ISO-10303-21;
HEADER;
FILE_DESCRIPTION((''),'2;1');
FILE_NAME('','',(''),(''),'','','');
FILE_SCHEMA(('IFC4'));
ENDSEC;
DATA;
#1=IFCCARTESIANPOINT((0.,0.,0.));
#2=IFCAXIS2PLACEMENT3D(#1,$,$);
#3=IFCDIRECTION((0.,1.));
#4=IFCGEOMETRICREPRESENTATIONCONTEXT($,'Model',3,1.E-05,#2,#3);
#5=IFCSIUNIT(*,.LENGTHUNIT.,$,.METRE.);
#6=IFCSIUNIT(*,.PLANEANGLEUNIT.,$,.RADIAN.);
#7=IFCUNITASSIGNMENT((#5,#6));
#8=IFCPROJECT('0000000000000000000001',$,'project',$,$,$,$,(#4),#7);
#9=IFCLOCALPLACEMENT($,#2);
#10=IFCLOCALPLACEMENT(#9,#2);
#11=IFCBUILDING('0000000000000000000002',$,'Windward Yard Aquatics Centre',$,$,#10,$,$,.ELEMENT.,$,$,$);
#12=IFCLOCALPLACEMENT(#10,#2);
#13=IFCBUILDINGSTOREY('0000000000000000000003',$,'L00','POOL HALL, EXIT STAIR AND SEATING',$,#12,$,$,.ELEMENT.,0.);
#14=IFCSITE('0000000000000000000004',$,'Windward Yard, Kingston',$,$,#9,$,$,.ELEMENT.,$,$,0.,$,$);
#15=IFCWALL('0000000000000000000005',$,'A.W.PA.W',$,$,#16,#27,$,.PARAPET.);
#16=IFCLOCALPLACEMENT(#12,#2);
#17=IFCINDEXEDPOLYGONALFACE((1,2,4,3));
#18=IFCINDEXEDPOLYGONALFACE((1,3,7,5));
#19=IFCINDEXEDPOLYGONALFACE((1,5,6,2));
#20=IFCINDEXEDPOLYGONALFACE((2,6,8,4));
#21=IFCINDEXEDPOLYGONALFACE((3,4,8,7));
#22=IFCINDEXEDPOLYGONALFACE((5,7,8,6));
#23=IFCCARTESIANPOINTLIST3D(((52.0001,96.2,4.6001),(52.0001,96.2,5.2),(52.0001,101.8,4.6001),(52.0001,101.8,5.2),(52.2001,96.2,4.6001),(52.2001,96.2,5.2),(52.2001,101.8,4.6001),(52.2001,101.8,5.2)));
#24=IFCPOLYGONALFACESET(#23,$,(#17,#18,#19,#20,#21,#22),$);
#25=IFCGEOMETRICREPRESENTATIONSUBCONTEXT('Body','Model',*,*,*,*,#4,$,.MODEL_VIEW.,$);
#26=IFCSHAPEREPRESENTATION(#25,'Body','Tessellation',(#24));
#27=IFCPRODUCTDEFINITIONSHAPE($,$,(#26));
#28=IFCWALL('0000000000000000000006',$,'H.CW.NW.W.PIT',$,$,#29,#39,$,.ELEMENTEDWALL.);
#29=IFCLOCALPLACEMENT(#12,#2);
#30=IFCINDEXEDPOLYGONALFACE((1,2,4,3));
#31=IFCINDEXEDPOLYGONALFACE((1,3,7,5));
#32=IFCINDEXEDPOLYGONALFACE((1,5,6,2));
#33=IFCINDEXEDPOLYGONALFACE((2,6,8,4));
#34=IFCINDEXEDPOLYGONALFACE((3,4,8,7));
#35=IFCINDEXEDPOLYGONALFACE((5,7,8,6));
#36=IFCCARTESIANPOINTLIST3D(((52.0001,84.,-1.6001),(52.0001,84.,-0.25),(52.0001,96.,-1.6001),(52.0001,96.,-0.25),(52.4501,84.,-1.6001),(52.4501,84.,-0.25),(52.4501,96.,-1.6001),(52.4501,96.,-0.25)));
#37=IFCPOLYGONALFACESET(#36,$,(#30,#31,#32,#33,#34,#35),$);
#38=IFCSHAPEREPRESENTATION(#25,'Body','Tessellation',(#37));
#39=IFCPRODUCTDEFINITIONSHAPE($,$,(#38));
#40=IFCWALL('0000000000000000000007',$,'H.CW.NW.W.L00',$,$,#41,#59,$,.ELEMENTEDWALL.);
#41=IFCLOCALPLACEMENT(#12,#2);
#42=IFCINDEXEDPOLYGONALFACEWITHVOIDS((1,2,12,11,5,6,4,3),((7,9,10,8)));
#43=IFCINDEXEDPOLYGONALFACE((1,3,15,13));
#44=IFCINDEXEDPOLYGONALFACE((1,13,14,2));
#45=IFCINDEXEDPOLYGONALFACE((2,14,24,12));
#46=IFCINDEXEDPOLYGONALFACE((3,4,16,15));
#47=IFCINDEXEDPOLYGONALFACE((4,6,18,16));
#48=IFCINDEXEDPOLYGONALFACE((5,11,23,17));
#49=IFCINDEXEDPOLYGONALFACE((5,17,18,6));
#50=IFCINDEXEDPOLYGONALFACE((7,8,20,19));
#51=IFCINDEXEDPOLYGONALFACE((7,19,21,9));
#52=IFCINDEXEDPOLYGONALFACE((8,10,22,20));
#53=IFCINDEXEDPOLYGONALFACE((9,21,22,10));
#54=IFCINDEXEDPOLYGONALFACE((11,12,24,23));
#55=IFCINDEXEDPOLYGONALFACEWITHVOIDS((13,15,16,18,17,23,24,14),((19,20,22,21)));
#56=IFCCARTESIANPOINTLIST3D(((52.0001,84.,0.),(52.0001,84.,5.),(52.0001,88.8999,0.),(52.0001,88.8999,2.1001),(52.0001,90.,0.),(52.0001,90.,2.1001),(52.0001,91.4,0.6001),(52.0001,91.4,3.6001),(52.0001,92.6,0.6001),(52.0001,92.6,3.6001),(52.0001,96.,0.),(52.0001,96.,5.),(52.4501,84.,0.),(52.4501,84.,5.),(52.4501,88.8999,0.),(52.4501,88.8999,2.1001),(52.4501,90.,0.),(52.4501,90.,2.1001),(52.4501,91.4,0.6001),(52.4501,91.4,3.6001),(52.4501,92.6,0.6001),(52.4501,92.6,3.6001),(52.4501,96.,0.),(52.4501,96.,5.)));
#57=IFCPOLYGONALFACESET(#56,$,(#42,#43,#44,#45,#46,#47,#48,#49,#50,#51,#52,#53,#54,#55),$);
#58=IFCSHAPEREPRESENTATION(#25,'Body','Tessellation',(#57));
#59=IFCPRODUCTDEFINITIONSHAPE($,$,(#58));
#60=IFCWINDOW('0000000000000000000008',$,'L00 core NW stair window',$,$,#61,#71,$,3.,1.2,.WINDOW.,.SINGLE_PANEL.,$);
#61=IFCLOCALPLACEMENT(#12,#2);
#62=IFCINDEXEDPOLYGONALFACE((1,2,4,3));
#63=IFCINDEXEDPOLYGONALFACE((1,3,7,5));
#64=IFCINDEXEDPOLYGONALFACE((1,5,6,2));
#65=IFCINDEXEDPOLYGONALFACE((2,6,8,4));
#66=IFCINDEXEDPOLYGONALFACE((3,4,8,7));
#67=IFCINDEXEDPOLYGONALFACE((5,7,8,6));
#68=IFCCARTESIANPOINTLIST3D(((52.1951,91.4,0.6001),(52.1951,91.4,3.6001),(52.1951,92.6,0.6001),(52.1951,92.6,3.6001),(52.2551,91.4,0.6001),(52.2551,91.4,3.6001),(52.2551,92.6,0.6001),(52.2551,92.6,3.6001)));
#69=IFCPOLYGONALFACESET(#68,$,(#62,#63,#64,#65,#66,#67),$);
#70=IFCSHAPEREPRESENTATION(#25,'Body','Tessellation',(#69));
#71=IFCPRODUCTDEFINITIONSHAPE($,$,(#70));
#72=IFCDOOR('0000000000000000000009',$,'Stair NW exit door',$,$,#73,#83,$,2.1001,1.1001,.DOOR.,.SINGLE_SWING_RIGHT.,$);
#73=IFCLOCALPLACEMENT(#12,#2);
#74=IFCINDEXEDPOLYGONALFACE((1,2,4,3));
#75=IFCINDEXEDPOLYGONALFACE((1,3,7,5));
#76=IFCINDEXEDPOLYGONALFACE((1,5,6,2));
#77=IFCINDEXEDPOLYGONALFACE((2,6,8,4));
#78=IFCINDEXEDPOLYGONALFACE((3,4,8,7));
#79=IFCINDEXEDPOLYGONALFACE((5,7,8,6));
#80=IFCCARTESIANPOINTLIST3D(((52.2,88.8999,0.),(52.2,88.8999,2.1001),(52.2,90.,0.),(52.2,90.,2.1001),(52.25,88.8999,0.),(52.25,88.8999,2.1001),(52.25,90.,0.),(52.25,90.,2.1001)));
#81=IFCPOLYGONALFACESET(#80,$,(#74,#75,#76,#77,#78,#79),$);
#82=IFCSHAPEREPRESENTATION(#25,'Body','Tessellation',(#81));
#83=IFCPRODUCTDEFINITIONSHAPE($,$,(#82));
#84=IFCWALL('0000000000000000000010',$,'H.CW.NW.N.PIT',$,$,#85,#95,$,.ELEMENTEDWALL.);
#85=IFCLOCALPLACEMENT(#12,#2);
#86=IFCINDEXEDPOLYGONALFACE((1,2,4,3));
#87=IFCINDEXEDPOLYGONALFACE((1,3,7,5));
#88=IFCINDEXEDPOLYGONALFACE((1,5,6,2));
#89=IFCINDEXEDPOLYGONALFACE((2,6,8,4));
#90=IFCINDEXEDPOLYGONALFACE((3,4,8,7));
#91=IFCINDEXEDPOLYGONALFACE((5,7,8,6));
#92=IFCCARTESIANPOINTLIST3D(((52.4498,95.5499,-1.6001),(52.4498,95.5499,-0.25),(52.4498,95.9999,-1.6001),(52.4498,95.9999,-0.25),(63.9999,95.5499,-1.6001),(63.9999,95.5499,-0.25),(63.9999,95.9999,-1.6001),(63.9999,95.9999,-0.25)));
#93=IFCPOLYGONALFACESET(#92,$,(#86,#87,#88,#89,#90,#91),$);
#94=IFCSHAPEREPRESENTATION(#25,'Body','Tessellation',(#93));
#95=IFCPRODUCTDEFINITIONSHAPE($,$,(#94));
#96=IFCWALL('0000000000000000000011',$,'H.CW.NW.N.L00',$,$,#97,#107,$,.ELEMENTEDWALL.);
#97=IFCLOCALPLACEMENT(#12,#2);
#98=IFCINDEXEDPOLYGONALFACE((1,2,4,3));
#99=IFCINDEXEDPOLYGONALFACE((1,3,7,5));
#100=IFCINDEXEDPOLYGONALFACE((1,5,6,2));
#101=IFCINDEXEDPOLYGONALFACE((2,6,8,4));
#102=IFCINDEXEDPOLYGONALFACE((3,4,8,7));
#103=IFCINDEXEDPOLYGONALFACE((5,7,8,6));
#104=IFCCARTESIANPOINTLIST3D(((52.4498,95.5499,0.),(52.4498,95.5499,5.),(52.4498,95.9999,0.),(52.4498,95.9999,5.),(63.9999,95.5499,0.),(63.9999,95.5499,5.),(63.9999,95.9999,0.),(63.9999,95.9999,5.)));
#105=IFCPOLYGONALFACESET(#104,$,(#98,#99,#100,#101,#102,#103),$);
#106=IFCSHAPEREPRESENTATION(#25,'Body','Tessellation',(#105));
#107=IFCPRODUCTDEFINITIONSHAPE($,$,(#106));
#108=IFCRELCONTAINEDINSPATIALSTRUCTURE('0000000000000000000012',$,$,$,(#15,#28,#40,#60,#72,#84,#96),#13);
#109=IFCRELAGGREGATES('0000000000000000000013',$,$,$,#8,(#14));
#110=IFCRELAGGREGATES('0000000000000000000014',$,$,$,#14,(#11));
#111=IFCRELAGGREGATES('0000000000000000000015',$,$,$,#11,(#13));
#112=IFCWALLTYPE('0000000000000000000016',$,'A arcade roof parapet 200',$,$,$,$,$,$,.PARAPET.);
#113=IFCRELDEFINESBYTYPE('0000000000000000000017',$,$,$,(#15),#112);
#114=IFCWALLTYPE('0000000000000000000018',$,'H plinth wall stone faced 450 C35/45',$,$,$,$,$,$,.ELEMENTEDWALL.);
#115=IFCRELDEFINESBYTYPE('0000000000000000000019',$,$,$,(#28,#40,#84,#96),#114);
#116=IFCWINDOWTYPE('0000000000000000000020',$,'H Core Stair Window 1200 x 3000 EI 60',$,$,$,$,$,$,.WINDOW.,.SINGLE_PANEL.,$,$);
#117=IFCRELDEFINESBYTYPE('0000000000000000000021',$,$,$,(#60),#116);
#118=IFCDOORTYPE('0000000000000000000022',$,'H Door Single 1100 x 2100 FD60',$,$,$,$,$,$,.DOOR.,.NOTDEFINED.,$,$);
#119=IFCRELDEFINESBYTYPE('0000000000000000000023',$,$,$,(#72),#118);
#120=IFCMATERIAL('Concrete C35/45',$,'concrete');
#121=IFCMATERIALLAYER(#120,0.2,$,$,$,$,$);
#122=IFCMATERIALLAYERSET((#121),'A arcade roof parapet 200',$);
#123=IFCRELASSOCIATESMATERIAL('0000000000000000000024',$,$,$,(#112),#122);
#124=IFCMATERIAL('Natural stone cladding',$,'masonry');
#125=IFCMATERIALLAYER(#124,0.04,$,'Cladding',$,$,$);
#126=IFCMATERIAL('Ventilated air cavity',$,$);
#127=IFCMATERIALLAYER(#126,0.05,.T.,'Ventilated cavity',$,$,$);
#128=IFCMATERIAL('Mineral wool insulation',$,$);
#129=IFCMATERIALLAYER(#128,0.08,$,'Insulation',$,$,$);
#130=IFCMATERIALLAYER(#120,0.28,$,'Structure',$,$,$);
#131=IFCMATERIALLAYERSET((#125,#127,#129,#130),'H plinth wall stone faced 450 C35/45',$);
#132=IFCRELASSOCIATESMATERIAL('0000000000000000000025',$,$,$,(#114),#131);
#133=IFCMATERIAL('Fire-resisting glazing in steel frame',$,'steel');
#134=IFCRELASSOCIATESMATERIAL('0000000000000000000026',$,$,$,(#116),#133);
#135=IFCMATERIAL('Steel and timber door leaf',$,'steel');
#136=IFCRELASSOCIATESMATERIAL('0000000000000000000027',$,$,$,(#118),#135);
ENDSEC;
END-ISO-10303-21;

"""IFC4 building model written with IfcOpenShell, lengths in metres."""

from ifc_helpers import new_model, si_unit, direction, frame, frame_2d, origin, place, context, subcontext, project, spatial, rectangle, extrude, material, layer, layer_set, type_object, element, fill, save


model = new_model("IFC4")

# Units and contexts
model_context = context("Model", 3, precision=1e-05, world=origin(), true_north=direction((0.0, 1.0)))
body_context = subcontext(model_context, "Body", "Model", "MODEL_VIEW")
ifc_project = project(units=[si_unit("LENGTHUNIT", "METRE"), si_unit("PLANEANGLEUNIT", "RADIAN")], contexts=[model_context])

# Site, building, storey
site_placement = place(None, origin())
site = spatial("IfcSite", under=ifc_project, at=site_placement, Name="Windward Yard, Kingston", CompositionType="ELEMENT", RefElevation=0.0)
building_placement = place(site_placement, origin())
building = spatial("IfcBuilding", under=site, at=building_placement, Name="Windward Yard Aquatics Centre", CompositionType="ELEMENT")
storey_placement = place(building_placement, origin())
storey = spatial("IfcBuildingStorey", under=building, at=storey_placement, Name="L00", Description="POOL HALL, EXIT STAIR AND SEATING", CompositionType="ELEMENT", Elevation=0.0)

# Walls
ifc_material_1 = material(Name="Concrete C35/45", Category="concrete")
ifc_layer_1 = layer(ifc_material_1, 0.2)
ifc_layer_set_1 = layer_set([ifc_layer_1], Name="A arcade roof parapet 200")
wall_type_1 = type_object("IfcWallType", Name="A arcade roof parapet 200", PredefinedType="PARAPET", material=ifc_layer_set_1)
wall_1_placement = place(storey_placement, frame((52.1001, 96.2, 4.6001), z_axis=(0.0, 0.0, 1.0), x_axis=(0.0, 1.0, 0.0)))
element("IfcWall", 1, at=wall_1_placement, inside=storey, type_object=wall_type_1, Name="A.W.PA.W", PredefinedType="PARAPET", context=body_context, shape_type="SweptSolid", body=[
    extrude(rectangle(XDim=5.6001, YDim=0.2, at=frame_2d((2.8, 0.0))), origin(), (0.0, 0.0, 1.0), 0.5999),
])
ifc_material_2 = material(Name="Natural stone cladding", Category="masonry")
ifc_layer_2 = layer(ifc_material_2, 0.04, Name="Cladding")
ifc_material_3 = material(Name="Ventilated air cavity")
ifc_layer_3 = layer(ifc_material_3, 0.05, ventilated=True, Name="Ventilated cavity")
ifc_material_4 = material(Name="Mineral wool insulation")
ifc_layer_4 = layer(ifc_material_4, 0.08, Name="Insulation")
ifc_layer_5 = layer(ifc_material_1, 0.28, Name="Structure")
ifc_layer_set_2 = layer_set([ifc_layer_2, ifc_layer_3, ifc_layer_4, ifc_layer_5], Name="H plinth wall stone faced 450 C35/45")
wall_type_2 = type_object("IfcWallType", Name="H plinth wall stone faced 450 C35/45", PredefinedType="ELEMENTEDWALL", material=ifc_layer_set_2)
wall_2_placement = place(storey_placement, frame((52.2251, 96.0, -1.6001), z_axis=(0.0, 0.0, 1.0), x_axis=(0.0, -1.0, 0.0)))
element("IfcWall", 2, at=wall_2_placement, inside=storey, type_object=wall_type_2, Name="H.CW.NW.W.PIT", PredefinedType="ELEMENTEDWALL", context=body_context, shape_type="SweptSolid", body=[
    extrude(rectangle(XDim=12.0, YDim=0.45, at=frame_2d((6.0, 0.0))), origin(), (0.0, 0.0, 1.0), 1.3501),
])

# Wall, openings, window, door
wall_3_placement = place(storey_placement, frame((52.2251, 96.0, 0.0), z_axis=(0.0, 0.0, 1.0), x_axis=(0.0, -1.0, 0.0)))
wall_3 = element("IfcWall", 3, at=wall_3_placement, inside=storey, type_object=wall_type_2, Name="H.CW.NW.W.L00", PredefinedType="ELEMENTEDWALL", context=body_context, shape_type="SweptSolid", body=[
    extrude(rectangle(XDim=12.0, YDim=0.45, at=frame_2d((6.0, 0.0))), origin(), (0.0, 0.0, 1.0), 5.0),
])
opening_1_placement = place(wall_3_placement, frame((6.0, 0.0, 0.0)))
opening_1 = element("IfcOpeningElement", 4, at=opening_1_placement, cuts=wall_3, PredefinedType="OPENING", context=body_context, shape_type="SweptSolid", body=[
    extrude(rectangle(XDim=1.1001, YDim=2.1001, at=frame_2d((0.55, 1.05))), frame((0.0, 0.2349, 0.0), z_axis=(0.0, -1.0, 0.0), x_axis=(1.0, 0.0, 0.0)), (0.0, 0.0, 1.0), 0.47),
])
opening_2_placement = place(wall_3_placement, frame((3.3999, 0.0, 0.6001)))
opening_2 = element("IfcOpeningElement", 5, at=opening_2_placement, cuts=wall_3, PredefinedType="OPENING", context=body_context, shape_type="SweptSolid", body=[
    extrude(rectangle(XDim=1.2, YDim=3.0, at=frame_2d((0.6001, 1.5))), frame((0.0, 0.2349, 0.0), z_axis=(0.0, -1.0, 0.0), x_axis=(1.0, 0.0, 0.0)), (0.0, 0.0, 1.0), 0.47),
])
ifc_material_5 = material(Name="Fire-resisting glazing in steel frame", Category="steel")
window_type = type_object("IfcWindowType", Name="H Core Stair Window 1200 x 3000 EI 60", PartitioningType="SINGLE_PANEL", PredefinedType="WINDOW", material=ifc_material_5)
window_placement = place(opening_2_placement, origin())
window = element("IfcWindow", 6, at=window_placement, inside=storey, type_object=window_type, Name="L00 core NW stair window", OverallHeight=3.0, OverallWidth=1.2, PartitioningType="SINGLE_PANEL", PredefinedType="WINDOW", context=body_context, shape_type="SweptSolid", body=[
    extrude(rectangle(XDim=1.2, YDim=3.0, at=frame_2d((0.6001, 1.5))), frame((0.0, 0.03, 0.0), z_axis=(0.0, -1.0, 0.0), x_axis=(1.0, 0.0, 0.0)), (0.0, 0.0, 1.0), 0.0601),
])
fill(opening_2, window)
ifc_material_6 = material(Name="Steel and timber door leaf", Category="steel")
door_type = type_object("IfcDoorType", Name="H Door Single 1100 x 2100 FD60", OperationType="NOTDEFINED", PredefinedType="DOOR", material=ifc_material_6)
door_placement = place(opening_1_placement, origin())
door = element("IfcDoor", 7, at=door_placement, inside=storey, type_object=door_type, Name="Stair NW exit door", OperationType="SINGLE_SWING_RIGHT", OverallHeight=2.1001, OverallWidth=1.1001, PredefinedType="DOOR", context=body_context, shape_type="SweptSolid", body=[
    extrude(rectangle(XDim=1.1001, YDim=2.1001, at=frame_2d((0.55, 1.05))), frame((0.0, 0.0249, 0.0), z_axis=(0.0, -1.0, 0.0), x_axis=(1.0, 0.0, 0.0)), (0.0, 0.0, 1.0), 0.05),
])
fill(opening_1, door)

# Walls
wall_4_placement = place(storey_placement, frame((52.45, 95.7749, -1.6001), z_axis=(0.0, 0.0, 1.0), x_axis=(1.0, 0.0, 0.0)))
element("IfcWall", 8, at=wall_4_placement, inside=storey, type_object=wall_type_2, Name="H.CW.NW.N.PIT", PredefinedType="ELEMENTEDWALL", context=body_context, shape_type="SweptSolid", body=[
    extrude(rectangle(XDim=11.55, YDim=0.45, at=frame_2d((5.7749, 0.0))), origin(), (0.0, 0.0, 1.0), 1.3501),
])
wall_5_placement = place(storey_placement, frame((52.45, 95.7749, 0.0), z_axis=(0.0, 0.0, 1.0), x_axis=(1.0, 0.0, 0.0)))
element("IfcWall", 9, at=wall_5_placement, inside=storey, type_object=wall_type_2, Name="H.CW.NW.N.L00", PredefinedType="ELEMENTEDWALL", context=body_context, shape_type="SweptSolid", body=[
    extrude(rectangle(XDim=11.55, YDim=0.45, at=frame_2d((5.7749, 0.0))), origin(), (0.0, 0.0, 1.0), 5.0),
])

save(model, "model.ifc")
